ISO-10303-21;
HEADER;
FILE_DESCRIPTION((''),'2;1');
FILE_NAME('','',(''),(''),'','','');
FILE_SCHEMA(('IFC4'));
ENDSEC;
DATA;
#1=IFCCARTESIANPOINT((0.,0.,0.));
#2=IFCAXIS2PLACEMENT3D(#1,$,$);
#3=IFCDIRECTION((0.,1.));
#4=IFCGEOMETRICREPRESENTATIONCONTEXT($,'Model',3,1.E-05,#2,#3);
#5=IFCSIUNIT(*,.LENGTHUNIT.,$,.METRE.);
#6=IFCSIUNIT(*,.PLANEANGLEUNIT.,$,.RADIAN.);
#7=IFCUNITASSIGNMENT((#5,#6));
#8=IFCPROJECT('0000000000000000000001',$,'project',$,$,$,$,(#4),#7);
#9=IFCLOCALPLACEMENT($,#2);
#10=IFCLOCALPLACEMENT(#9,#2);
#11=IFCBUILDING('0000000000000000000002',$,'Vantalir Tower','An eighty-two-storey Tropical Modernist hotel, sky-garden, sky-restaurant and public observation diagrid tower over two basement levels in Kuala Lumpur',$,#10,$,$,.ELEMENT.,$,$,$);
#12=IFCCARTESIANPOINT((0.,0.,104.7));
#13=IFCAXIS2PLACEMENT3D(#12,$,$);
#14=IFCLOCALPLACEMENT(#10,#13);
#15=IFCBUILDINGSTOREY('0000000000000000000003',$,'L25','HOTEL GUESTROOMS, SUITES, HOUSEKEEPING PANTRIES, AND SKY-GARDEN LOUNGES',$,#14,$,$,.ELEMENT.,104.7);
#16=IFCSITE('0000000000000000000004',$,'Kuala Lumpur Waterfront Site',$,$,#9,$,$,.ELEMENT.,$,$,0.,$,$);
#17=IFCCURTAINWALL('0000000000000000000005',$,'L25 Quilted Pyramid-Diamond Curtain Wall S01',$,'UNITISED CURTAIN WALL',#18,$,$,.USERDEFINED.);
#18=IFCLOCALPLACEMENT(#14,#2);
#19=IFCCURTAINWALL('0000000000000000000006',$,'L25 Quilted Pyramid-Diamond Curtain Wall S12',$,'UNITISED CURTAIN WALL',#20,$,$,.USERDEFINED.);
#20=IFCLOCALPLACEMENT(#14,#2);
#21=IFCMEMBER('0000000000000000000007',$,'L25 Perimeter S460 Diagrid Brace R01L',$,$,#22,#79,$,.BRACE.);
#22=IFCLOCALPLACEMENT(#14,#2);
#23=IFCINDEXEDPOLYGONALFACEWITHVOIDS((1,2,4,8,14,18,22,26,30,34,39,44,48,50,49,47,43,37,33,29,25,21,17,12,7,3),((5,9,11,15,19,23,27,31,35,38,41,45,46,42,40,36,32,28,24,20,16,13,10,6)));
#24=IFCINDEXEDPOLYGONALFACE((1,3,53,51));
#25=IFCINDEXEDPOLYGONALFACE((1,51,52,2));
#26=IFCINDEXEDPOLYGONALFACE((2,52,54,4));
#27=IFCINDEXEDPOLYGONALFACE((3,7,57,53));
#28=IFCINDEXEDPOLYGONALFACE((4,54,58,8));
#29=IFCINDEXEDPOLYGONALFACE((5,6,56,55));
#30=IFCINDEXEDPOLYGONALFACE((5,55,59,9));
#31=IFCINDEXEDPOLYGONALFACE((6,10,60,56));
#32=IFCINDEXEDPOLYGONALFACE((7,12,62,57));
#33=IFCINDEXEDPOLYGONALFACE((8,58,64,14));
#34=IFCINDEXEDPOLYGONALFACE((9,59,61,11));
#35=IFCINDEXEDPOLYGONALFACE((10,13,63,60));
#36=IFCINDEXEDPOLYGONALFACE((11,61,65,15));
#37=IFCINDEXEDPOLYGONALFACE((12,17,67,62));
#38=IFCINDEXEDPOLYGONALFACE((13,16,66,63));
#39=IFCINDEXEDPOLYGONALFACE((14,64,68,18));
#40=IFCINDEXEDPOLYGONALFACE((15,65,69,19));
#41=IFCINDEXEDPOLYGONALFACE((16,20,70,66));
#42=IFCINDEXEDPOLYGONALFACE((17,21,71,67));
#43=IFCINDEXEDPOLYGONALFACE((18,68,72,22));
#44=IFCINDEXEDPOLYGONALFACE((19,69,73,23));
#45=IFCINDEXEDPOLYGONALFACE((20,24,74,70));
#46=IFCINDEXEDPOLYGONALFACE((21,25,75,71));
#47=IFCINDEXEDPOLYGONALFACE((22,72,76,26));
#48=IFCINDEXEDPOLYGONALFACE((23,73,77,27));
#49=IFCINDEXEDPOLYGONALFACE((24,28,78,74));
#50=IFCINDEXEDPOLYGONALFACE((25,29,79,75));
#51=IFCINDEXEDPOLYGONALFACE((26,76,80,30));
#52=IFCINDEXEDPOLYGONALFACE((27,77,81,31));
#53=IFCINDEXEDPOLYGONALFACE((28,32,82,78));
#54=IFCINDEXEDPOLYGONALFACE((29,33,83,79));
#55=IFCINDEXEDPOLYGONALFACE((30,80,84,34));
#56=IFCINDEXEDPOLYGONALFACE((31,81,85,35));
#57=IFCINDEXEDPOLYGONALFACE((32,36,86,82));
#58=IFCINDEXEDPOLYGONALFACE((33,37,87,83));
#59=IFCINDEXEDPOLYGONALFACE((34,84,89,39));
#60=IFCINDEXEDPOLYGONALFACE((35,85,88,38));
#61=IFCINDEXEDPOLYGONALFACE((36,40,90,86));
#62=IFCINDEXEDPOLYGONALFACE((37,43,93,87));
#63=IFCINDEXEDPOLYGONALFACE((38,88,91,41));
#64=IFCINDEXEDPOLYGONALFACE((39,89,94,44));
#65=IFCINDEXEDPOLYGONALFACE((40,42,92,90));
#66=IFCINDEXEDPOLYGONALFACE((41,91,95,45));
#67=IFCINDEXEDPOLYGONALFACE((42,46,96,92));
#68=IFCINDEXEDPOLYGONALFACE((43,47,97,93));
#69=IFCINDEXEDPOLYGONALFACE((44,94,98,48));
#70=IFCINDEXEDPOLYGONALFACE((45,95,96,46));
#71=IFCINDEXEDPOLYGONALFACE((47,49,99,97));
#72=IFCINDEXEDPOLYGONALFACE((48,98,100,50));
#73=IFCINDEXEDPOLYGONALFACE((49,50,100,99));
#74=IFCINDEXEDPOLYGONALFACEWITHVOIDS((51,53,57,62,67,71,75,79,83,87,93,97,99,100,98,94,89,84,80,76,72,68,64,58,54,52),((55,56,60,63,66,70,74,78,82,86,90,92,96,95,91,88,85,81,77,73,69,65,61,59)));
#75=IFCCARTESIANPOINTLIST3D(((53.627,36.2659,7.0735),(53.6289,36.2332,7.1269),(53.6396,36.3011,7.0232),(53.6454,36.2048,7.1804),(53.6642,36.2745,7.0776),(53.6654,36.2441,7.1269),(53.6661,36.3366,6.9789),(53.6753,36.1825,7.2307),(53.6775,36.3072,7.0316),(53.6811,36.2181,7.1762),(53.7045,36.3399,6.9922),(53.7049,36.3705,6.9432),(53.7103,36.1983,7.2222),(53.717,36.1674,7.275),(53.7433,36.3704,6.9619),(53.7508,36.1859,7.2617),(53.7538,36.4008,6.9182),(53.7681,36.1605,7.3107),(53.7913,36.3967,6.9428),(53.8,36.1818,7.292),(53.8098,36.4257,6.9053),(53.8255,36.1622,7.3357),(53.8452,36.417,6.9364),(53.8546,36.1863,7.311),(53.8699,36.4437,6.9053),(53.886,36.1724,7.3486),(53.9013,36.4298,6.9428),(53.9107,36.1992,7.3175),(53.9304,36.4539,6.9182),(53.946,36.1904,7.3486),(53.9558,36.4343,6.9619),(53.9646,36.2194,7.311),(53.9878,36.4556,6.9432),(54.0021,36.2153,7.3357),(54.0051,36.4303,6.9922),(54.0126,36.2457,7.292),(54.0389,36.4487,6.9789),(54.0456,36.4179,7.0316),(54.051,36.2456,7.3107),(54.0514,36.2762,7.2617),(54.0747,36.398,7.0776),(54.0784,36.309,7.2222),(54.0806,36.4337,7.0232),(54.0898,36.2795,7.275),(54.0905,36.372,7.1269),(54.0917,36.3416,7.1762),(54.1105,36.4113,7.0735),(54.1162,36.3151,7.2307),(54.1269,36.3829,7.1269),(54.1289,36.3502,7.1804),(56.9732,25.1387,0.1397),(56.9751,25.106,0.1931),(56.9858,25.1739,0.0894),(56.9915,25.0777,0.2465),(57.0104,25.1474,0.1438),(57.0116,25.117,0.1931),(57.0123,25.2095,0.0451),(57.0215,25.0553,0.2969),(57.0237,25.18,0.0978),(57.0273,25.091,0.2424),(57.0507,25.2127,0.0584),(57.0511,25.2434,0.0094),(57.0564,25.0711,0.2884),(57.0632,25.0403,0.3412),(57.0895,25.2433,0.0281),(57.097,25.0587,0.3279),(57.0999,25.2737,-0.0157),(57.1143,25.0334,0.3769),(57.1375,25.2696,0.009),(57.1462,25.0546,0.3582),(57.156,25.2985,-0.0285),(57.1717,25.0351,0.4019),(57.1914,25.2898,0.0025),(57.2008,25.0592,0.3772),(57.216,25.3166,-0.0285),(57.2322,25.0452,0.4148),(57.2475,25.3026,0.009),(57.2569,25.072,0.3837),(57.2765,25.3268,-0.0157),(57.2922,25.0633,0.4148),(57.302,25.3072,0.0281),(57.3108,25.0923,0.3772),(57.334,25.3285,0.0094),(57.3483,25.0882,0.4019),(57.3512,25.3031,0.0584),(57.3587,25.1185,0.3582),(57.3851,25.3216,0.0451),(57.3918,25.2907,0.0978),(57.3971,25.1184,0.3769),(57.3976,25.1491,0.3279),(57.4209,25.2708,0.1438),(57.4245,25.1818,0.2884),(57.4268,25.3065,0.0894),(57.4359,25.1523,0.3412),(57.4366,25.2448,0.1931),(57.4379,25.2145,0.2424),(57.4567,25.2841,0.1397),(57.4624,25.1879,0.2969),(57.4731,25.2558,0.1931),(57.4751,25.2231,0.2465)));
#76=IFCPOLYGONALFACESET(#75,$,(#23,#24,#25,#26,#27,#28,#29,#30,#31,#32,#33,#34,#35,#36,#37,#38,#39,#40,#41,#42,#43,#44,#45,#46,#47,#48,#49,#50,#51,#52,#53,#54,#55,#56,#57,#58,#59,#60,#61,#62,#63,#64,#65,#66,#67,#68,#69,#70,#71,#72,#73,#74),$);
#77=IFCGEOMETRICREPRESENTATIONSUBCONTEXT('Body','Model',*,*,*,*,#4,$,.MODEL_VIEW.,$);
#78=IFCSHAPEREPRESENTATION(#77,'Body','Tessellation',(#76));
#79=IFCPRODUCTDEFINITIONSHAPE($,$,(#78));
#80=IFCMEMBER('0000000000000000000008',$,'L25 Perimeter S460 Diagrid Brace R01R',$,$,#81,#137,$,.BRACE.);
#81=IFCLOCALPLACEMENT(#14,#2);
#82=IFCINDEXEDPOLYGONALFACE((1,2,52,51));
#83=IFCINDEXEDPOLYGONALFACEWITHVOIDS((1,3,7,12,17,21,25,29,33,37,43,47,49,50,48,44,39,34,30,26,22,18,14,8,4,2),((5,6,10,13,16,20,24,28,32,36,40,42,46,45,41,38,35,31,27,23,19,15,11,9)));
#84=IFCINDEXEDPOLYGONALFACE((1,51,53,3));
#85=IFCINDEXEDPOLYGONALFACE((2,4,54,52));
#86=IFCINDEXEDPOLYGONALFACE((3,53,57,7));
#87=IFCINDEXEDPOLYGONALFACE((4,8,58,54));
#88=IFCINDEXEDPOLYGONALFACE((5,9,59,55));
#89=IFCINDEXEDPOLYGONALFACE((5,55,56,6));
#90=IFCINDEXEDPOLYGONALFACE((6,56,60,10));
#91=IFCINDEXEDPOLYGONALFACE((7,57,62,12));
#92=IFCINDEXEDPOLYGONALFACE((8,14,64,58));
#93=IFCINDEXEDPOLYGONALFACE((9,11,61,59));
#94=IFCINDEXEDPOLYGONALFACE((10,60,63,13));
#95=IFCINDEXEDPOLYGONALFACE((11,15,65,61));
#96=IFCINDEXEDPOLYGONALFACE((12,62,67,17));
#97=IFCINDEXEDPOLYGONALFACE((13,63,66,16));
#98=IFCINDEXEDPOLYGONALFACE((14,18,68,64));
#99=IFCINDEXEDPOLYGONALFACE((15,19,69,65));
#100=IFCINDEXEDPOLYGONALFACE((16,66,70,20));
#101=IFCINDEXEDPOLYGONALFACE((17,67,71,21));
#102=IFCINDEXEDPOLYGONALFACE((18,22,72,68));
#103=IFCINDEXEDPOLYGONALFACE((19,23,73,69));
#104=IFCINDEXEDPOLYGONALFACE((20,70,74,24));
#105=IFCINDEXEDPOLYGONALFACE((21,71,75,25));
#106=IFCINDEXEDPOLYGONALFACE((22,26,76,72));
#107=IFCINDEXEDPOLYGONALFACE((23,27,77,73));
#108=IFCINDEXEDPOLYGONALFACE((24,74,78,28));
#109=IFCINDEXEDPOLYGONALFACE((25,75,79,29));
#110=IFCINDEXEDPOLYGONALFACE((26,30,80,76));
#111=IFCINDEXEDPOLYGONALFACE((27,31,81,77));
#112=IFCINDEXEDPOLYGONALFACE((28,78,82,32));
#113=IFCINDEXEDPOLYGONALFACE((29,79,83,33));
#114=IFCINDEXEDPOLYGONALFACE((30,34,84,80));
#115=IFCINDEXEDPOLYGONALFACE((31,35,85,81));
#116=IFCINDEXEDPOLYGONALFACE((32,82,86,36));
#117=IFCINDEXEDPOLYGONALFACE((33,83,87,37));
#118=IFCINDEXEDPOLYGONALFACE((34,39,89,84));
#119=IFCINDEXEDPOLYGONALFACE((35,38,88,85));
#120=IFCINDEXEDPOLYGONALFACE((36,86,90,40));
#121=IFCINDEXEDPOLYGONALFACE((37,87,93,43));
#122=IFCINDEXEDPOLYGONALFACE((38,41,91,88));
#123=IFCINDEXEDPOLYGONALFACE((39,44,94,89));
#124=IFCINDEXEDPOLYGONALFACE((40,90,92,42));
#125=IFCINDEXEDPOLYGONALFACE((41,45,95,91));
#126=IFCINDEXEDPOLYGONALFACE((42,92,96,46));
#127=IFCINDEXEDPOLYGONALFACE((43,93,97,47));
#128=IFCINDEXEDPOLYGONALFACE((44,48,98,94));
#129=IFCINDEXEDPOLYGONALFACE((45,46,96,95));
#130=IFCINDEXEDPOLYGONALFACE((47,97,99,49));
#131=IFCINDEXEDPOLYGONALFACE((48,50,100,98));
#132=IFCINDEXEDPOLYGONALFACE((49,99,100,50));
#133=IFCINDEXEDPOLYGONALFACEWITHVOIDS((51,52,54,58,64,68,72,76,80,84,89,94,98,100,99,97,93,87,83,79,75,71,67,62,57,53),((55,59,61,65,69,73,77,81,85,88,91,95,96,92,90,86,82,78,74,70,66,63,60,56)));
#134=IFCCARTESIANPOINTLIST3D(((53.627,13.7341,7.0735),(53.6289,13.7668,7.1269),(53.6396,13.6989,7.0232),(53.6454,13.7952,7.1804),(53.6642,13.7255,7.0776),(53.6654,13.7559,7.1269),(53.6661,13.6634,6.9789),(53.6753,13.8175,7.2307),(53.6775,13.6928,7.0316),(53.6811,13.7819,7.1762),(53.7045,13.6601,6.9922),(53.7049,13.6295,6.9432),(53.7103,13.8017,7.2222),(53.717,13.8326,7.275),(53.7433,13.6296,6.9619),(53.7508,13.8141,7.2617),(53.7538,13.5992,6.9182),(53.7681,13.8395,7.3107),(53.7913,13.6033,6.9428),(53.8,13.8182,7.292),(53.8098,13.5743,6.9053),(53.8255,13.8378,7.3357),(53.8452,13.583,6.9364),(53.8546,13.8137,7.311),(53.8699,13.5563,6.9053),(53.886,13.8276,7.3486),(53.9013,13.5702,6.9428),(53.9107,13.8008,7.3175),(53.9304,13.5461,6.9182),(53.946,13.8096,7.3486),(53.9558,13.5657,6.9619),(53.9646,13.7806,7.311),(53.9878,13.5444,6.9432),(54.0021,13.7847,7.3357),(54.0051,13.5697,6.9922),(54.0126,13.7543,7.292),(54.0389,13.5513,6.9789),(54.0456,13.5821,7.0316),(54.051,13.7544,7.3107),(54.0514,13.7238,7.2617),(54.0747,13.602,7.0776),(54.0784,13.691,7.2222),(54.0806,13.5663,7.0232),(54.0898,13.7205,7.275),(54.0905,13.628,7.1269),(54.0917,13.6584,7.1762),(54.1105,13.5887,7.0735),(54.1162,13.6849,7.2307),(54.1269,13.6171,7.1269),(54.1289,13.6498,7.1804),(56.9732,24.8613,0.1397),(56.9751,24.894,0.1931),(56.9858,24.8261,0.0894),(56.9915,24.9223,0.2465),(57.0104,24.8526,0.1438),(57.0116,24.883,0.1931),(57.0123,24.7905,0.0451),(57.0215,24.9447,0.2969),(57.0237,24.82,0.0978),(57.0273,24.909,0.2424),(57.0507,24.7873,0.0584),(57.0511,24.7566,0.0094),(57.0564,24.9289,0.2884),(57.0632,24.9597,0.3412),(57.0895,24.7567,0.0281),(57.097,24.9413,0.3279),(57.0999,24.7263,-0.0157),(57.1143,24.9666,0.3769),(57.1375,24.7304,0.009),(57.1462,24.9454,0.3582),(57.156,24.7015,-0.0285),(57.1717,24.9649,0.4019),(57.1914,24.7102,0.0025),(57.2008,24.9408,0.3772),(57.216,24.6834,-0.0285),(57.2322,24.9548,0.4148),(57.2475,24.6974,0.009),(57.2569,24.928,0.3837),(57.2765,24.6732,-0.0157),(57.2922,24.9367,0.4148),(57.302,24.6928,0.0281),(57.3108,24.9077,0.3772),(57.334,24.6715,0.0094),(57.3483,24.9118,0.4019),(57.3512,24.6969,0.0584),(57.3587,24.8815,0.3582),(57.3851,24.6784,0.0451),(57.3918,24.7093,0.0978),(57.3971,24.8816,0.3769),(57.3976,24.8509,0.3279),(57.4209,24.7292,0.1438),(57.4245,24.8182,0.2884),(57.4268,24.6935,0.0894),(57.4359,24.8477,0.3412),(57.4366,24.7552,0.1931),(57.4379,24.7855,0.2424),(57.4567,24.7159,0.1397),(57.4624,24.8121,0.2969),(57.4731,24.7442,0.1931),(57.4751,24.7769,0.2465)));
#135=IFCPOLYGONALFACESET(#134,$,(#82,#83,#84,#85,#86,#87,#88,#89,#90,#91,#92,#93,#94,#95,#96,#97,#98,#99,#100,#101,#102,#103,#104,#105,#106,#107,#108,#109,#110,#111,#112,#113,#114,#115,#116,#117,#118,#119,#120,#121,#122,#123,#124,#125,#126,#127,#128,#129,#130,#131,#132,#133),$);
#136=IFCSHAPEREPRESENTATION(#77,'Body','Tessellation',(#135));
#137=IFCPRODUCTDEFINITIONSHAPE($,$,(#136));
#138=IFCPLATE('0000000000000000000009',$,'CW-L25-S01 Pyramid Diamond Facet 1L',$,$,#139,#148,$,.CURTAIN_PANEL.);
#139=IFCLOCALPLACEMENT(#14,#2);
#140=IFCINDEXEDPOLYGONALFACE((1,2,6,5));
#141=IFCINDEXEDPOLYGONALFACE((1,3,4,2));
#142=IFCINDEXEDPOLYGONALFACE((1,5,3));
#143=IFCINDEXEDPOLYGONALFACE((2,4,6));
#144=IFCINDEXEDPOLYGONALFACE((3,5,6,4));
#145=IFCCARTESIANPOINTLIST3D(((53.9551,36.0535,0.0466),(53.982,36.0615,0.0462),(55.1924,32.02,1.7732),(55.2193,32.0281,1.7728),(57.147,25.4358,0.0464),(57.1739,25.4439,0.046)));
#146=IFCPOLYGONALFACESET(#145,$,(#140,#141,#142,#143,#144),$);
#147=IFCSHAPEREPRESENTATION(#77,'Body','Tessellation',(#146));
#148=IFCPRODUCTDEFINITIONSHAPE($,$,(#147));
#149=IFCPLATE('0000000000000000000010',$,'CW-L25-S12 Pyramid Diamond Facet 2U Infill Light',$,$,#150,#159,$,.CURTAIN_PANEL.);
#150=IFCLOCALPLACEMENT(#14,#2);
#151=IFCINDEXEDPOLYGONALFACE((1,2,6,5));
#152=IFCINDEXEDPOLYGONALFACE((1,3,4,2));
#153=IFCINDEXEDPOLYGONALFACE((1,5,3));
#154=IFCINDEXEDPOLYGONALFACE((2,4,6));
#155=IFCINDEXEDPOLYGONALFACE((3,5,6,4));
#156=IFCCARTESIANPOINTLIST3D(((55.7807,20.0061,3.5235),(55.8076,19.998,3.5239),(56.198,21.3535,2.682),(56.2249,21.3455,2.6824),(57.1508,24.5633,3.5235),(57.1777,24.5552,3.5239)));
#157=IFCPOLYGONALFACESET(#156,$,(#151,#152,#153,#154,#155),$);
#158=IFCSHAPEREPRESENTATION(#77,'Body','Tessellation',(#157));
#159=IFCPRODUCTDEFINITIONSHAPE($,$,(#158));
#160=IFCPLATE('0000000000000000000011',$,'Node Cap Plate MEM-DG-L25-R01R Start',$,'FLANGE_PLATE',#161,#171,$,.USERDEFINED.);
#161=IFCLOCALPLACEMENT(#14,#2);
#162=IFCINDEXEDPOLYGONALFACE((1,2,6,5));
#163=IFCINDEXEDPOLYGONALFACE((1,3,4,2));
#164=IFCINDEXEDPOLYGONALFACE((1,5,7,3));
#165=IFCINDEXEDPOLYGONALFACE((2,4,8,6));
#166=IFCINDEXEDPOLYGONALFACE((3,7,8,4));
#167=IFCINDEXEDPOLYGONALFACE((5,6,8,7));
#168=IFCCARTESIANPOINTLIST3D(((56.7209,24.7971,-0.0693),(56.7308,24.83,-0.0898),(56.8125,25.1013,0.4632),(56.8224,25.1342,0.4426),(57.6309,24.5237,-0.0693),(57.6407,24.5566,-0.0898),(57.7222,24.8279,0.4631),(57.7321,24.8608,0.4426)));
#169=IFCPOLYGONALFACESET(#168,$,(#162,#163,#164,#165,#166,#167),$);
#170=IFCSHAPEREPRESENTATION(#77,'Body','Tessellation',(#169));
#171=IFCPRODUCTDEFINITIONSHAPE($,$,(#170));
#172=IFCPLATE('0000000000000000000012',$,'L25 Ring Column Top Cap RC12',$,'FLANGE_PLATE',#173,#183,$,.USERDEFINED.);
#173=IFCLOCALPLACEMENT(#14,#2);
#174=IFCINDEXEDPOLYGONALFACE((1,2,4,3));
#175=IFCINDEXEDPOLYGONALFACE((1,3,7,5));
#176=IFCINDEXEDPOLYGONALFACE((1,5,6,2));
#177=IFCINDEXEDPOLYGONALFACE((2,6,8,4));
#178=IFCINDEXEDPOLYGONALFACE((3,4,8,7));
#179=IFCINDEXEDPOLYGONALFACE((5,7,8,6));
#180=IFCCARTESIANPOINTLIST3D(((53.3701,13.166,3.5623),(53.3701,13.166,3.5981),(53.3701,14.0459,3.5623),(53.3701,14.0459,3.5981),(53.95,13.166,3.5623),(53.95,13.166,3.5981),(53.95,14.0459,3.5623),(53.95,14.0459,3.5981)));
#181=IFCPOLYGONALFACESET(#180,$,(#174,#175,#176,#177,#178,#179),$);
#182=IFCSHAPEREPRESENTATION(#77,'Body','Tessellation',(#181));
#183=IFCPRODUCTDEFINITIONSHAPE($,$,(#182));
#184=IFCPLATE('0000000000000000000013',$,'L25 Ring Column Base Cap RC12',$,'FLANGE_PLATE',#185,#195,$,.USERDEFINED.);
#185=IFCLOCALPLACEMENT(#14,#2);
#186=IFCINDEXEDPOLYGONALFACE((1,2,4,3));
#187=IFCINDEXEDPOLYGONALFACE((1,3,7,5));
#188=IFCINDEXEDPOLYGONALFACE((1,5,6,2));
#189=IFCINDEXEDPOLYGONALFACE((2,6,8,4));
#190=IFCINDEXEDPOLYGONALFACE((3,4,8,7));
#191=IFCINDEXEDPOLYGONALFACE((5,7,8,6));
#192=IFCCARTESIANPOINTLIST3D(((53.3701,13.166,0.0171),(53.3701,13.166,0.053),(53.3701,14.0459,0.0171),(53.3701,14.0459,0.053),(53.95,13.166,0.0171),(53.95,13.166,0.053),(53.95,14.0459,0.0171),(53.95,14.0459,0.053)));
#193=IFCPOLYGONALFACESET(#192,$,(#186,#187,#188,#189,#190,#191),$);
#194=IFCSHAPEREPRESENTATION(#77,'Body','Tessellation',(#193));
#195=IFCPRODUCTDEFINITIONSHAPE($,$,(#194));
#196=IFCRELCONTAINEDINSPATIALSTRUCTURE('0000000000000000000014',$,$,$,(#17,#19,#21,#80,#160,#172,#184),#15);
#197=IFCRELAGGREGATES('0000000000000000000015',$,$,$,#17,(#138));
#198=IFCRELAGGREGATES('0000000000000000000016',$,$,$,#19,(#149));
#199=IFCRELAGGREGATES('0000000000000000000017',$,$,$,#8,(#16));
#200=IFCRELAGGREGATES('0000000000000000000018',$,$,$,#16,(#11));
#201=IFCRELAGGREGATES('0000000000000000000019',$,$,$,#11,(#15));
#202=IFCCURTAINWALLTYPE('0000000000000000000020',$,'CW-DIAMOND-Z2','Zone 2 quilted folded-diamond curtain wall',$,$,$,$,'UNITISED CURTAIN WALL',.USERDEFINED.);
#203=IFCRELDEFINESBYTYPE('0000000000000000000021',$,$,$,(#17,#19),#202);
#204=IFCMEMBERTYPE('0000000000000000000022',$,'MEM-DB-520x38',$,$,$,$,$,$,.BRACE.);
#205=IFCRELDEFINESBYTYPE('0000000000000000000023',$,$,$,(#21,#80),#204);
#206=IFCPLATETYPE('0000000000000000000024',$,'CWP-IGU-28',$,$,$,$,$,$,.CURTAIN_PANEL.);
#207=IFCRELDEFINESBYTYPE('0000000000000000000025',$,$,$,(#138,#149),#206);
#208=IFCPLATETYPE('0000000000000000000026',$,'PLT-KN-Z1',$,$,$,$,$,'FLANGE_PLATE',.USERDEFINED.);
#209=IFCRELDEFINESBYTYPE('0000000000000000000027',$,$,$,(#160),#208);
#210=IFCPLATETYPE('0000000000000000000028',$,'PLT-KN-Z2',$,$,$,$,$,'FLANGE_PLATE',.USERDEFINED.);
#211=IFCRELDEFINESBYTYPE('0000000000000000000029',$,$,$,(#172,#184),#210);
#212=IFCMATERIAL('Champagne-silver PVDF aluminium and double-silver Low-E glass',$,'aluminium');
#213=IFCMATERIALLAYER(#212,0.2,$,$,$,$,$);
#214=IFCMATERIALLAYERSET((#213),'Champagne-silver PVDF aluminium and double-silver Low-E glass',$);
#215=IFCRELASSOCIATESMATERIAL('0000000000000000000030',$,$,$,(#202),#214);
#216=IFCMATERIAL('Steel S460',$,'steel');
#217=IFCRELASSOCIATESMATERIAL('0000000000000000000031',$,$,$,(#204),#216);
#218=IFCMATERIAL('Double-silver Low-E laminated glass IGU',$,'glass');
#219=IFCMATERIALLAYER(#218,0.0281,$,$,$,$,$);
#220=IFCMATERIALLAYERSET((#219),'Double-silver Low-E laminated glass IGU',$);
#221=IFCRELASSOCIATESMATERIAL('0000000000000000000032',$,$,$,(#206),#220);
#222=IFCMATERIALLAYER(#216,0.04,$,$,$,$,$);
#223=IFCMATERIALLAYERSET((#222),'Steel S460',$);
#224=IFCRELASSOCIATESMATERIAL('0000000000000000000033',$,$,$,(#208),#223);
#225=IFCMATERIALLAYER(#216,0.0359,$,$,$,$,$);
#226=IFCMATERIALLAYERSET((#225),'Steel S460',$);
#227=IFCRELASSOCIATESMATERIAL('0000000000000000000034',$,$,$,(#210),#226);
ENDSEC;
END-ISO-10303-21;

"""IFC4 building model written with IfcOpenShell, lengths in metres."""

from ifc_helpers import new_model, si_unit, direction, frame, origin, origin_2d, place, context, subcontext, project, spatial, polyline, hollow_circle, outline, extrude, material, layer, layer_set, material_profile, profile_set, type_object, element, aggregate, save


model = new_model("IFC4")

# Units and contexts
model_context = context("Model", 3, precision=1e-05, world=origin(), true_north=direction((0.0, 1.0)))
body_context = subcontext(model_context, "Body", "Model", "MODEL_VIEW")
ifc_project = project(units=[si_unit("LENGTHUNIT", "METRE"), si_unit("PLANEANGLEUNIT", "RADIAN")], contexts=[model_context])

# Site, building, storey
site_placement = place(None, origin())
site = spatial("IfcSite", under=ifc_project, at=site_placement, Name="Kuala Lumpur Waterfront Site", CompositionType="ELEMENT", RefElevation=0.0)
building_placement = place(site_placement, origin())
building = spatial("IfcBuilding", under=site, at=building_placement, Name="Vantalir Tower", Description="An eighty-two-storey Tropical Modernist hotel, sky-garden, sky-restaurant and public observation diagrid tower over two basement levels in Kuala Lumpur", CompositionType="ELEMENT")
storey_placement = place(building_placement, frame((0.0, 0.0, 104.7)))
storey = spatial("IfcBuildingStorey", under=building, at=storey_placement, Name="L25", Description="HOTEL GUESTROOMS, SUITES, HOUSEKEEPING PANTRIES, AND SKY-GARDEN LOUNGES", CompositionType="ELEMENT", Elevation=104.7)

# Shared definitions
ifc_material_1 = material(Name="Steel S460", Category="steel")

# Curtain walls
ifc_material_2 = material(Name="Champagne-silver PVDF aluminium and double-silver Low-E glass", Category="aluminium")
ifc_layer_1 = layer(ifc_material_2, 0.2)
ifc_layer_set_1 = layer_set([ifc_layer_1], Name="Champagne-silver PVDF aluminium and double-silver Low-E glass")
curtain_wall_type = type_object("IfcCurtainWallType", Name="CW-DIAMOND-Z2", Description="Zone 2 quilted folded-diamond curtain wall", ElementType="UNITISED CURTAIN WALL", PredefinedType="USERDEFINED", material=ifc_layer_set_1)
curtain_wall_1_placement = place(storey_placement, origin())
curtain_wall_1 = element("IfcCurtainWall", 1, at=curtain_wall_1_placement, inside=storey, type_object=curtain_wall_type, Name="L25 Quilted Pyramid-Diamond Curtain Wall S01", ObjectType="UNITISED CURTAIN WALL", PredefinedType="USERDEFINED")
curtain_wall_2_placement = place(storey_placement, origin())
curtain_wall_2 = element("IfcCurtainWall", 2, at=curtain_wall_2_placement, inside=storey, type_object=curtain_wall_type, Name="L25 Quilted Pyramid-Diamond Curtain Wall S12", ObjectType="UNITISED CURTAIN WALL", PredefinedType="USERDEFINED")

# Members
ifc_material_profile_1 = material_profile(ifc_material_1, hollow_circle(Radius=0.26, WallThickness=0.0381, at=origin_2d()), Name="Steel S460")
ifc_profile_set_1 = profile_set([ifc_material_profile_1], Name="Steel S460")
member_type_1 = type_object("IfcMemberType", Name="MEM-DB-520x38", PredefinedType="BRACE", material=ifc_profile_set_1)
for number, where, z_axis, x_axis, name in (
    (3, (57.2241, 25.1809, 0.1931), (-0.247297, 0.822345, 0.512439), (-0.957636, -0.287982, 0.0), "L25 Perimeter S460 Diagrid Brace R01L"),
    (4, (57.2241, 24.8191, 0.1931), (-0.247297, -0.822345, 0.512439), (0.957636, -0.287982, 0.0), "L25 Perimeter S460 Diagrid Brace R01R"),
):
    element("IfcMember", number, at=place(storey_placement, frame(where, z_axis=z_axis, x_axis=x_axis)), inside=storey, type_object=member_type_1, Name=name, PredefinedType="BRACE", context=body_context, shape_type="SweptSolid", body=[
        extrude(hollow_circle(Radius=0.26, WallThickness=0.0381, at=origin_2d()), origin(), (0.0, 0.0, 1.0), 13.531),
    ])

# Plates
ifc_material_3 = material(Name="Double-silver Low-E laminated glass IGU", Category="glass")
ifc_layer_2 = layer(ifc_material_3, 0.0281)
ifc_layer_set_2 = layer_set([ifc_layer_2], Name="Double-silver Low-E laminated glass IGU")
plate_type_1 = type_object("IfcPlateType", Name="CWP-IGU-28", PredefinedType="CURTAIN_PANEL", material=ifc_layer_set_2)
plate_1_placement = place(storey_placement, frame((57.147, 25.4358, 0.0464), z_axis=(-0.957572, -0.287866, 0.013735), x_axis=(-0.287893, 0.957662, 0.000022)))
plate_1 = element("IfcPlate", 5, at=plate_1_placement, type_object=plate_type_1, Name="CW-L25-S01 Pyramid Diamond Facet 1L", PredefinedType="CURTAIN_PANEL", context=body_context, shape_type="SweptSolid", body=[
    extrude(outline(polyline([(0.0, 0.0), (11.0871, 0.0), (6.8682, -1.7268), (0.0, 0.0)])), origin(), (0.0, 0.0, -1.0), 0.0281),
])
aggregate(curtain_wall_1, [plate_1])
plate_2_placement = place(storey_placement, frame((55.8076, 19.998, 3.5239), z_axis=(0.957563, -0.287895, 0.013804), x_axis=(0.287922, 0.957654, 0.0)))
plate_2 = element("IfcPlate", 6, at=plate_2_placement, type_object=plate_type_1, Name="CW-L25-S12 Pyramid Diamond Facet 2U Infill Light", PredefinedType="CURTAIN_PANEL", context=body_context, shape_type="SweptSolid", body=[
    extrude(outline(polyline([(0.0, 0.0), (4.7586, 0.0), (1.4105, -0.8416), (0.0, 0.0)])), origin(), (0.0, 0.0, -1.0), 0.0281),
])
aggregate(curtain_wall_2, [plate_2])

# Plates
ifc_layer_3 = layer(ifc_material_1, 0.04)
ifc_layer_set_3 = layer_set([ifc_layer_3], Name="Steel S460")
plate_type_2 = type_object("IfcPlateType", Name="PLT-KN-Z1", ElementType="FLANGE_PLATE", PredefinedType="USERDEFINED", material=ifc_layer_set_3)
plate_3_placement = place(storey_placement, frame((56.7209, 24.7971, -0.0693), z_axis=(-0.247189, -0.822456, 0.512312), x_axis=(0.957684, -0.287822, 0.000016)))
element("IfcPlate", 7, at=plate_3_placement, inside=storey, type_object=plate_type_2, Name="Node Cap Plate MEM-DG-L25-R01R Start", ObjectType="FLANGE_PLATE", PredefinedType="USERDEFINED", context=body_context, shape_type="SweptSolid", body=[
    extrude(outline(polyline([(0.0, 0.0), (0.9501, 0.0), (0.95, 0.62), (0.0001, 0.62), (0.0, 0.0)])), origin(), (0.0, 0.0, -1.0), 0.04),
])
ifc_layer_4 = layer(ifc_material_1, 0.0359)
ifc_layer_set_4 = layer_set([ifc_layer_4], Name="Steel S460")
plate_type_3 = type_object("IfcPlateType", Name="PLT-KN-Z2", ElementType="FLANGE_PLATE", PredefinedType="USERDEFINED", material=ifc_layer_set_4)
for number, where, z_axis, x_axis, name in (
    (8, (53.3701, 14.0459, 3.5981), (0.0, 0.0, 1.0), (0.0, -1.0, 0.0), "L25 Ring Column Top Cap RC12"),
    (9, (53.3701, 14.0459, 0.053), (0.0, 0.0, 1.0), (0.0, -1.0, 0.0), "L25 Ring Column Base Cap RC12"),
):
    element("IfcPlate", number, at=place(storey_placement, frame(where, z_axis=z_axis, x_axis=x_axis)), inside=storey, type_object=plate_type_3, Name=name, ObjectType="FLANGE_PLATE", PredefinedType="USERDEFINED", context=body_context, shape_type="SweptSolid", body=[
        extrude(outline(polyline([(0.0, 0.0), (0.8799, 0.0), (0.8799, 0.5798), (0.0, 0.5798), (0.0, 0.0)])), origin(), (0.0, 0.0, -1.0), 0.0359),
    ])

save(model, "model.ifc")
